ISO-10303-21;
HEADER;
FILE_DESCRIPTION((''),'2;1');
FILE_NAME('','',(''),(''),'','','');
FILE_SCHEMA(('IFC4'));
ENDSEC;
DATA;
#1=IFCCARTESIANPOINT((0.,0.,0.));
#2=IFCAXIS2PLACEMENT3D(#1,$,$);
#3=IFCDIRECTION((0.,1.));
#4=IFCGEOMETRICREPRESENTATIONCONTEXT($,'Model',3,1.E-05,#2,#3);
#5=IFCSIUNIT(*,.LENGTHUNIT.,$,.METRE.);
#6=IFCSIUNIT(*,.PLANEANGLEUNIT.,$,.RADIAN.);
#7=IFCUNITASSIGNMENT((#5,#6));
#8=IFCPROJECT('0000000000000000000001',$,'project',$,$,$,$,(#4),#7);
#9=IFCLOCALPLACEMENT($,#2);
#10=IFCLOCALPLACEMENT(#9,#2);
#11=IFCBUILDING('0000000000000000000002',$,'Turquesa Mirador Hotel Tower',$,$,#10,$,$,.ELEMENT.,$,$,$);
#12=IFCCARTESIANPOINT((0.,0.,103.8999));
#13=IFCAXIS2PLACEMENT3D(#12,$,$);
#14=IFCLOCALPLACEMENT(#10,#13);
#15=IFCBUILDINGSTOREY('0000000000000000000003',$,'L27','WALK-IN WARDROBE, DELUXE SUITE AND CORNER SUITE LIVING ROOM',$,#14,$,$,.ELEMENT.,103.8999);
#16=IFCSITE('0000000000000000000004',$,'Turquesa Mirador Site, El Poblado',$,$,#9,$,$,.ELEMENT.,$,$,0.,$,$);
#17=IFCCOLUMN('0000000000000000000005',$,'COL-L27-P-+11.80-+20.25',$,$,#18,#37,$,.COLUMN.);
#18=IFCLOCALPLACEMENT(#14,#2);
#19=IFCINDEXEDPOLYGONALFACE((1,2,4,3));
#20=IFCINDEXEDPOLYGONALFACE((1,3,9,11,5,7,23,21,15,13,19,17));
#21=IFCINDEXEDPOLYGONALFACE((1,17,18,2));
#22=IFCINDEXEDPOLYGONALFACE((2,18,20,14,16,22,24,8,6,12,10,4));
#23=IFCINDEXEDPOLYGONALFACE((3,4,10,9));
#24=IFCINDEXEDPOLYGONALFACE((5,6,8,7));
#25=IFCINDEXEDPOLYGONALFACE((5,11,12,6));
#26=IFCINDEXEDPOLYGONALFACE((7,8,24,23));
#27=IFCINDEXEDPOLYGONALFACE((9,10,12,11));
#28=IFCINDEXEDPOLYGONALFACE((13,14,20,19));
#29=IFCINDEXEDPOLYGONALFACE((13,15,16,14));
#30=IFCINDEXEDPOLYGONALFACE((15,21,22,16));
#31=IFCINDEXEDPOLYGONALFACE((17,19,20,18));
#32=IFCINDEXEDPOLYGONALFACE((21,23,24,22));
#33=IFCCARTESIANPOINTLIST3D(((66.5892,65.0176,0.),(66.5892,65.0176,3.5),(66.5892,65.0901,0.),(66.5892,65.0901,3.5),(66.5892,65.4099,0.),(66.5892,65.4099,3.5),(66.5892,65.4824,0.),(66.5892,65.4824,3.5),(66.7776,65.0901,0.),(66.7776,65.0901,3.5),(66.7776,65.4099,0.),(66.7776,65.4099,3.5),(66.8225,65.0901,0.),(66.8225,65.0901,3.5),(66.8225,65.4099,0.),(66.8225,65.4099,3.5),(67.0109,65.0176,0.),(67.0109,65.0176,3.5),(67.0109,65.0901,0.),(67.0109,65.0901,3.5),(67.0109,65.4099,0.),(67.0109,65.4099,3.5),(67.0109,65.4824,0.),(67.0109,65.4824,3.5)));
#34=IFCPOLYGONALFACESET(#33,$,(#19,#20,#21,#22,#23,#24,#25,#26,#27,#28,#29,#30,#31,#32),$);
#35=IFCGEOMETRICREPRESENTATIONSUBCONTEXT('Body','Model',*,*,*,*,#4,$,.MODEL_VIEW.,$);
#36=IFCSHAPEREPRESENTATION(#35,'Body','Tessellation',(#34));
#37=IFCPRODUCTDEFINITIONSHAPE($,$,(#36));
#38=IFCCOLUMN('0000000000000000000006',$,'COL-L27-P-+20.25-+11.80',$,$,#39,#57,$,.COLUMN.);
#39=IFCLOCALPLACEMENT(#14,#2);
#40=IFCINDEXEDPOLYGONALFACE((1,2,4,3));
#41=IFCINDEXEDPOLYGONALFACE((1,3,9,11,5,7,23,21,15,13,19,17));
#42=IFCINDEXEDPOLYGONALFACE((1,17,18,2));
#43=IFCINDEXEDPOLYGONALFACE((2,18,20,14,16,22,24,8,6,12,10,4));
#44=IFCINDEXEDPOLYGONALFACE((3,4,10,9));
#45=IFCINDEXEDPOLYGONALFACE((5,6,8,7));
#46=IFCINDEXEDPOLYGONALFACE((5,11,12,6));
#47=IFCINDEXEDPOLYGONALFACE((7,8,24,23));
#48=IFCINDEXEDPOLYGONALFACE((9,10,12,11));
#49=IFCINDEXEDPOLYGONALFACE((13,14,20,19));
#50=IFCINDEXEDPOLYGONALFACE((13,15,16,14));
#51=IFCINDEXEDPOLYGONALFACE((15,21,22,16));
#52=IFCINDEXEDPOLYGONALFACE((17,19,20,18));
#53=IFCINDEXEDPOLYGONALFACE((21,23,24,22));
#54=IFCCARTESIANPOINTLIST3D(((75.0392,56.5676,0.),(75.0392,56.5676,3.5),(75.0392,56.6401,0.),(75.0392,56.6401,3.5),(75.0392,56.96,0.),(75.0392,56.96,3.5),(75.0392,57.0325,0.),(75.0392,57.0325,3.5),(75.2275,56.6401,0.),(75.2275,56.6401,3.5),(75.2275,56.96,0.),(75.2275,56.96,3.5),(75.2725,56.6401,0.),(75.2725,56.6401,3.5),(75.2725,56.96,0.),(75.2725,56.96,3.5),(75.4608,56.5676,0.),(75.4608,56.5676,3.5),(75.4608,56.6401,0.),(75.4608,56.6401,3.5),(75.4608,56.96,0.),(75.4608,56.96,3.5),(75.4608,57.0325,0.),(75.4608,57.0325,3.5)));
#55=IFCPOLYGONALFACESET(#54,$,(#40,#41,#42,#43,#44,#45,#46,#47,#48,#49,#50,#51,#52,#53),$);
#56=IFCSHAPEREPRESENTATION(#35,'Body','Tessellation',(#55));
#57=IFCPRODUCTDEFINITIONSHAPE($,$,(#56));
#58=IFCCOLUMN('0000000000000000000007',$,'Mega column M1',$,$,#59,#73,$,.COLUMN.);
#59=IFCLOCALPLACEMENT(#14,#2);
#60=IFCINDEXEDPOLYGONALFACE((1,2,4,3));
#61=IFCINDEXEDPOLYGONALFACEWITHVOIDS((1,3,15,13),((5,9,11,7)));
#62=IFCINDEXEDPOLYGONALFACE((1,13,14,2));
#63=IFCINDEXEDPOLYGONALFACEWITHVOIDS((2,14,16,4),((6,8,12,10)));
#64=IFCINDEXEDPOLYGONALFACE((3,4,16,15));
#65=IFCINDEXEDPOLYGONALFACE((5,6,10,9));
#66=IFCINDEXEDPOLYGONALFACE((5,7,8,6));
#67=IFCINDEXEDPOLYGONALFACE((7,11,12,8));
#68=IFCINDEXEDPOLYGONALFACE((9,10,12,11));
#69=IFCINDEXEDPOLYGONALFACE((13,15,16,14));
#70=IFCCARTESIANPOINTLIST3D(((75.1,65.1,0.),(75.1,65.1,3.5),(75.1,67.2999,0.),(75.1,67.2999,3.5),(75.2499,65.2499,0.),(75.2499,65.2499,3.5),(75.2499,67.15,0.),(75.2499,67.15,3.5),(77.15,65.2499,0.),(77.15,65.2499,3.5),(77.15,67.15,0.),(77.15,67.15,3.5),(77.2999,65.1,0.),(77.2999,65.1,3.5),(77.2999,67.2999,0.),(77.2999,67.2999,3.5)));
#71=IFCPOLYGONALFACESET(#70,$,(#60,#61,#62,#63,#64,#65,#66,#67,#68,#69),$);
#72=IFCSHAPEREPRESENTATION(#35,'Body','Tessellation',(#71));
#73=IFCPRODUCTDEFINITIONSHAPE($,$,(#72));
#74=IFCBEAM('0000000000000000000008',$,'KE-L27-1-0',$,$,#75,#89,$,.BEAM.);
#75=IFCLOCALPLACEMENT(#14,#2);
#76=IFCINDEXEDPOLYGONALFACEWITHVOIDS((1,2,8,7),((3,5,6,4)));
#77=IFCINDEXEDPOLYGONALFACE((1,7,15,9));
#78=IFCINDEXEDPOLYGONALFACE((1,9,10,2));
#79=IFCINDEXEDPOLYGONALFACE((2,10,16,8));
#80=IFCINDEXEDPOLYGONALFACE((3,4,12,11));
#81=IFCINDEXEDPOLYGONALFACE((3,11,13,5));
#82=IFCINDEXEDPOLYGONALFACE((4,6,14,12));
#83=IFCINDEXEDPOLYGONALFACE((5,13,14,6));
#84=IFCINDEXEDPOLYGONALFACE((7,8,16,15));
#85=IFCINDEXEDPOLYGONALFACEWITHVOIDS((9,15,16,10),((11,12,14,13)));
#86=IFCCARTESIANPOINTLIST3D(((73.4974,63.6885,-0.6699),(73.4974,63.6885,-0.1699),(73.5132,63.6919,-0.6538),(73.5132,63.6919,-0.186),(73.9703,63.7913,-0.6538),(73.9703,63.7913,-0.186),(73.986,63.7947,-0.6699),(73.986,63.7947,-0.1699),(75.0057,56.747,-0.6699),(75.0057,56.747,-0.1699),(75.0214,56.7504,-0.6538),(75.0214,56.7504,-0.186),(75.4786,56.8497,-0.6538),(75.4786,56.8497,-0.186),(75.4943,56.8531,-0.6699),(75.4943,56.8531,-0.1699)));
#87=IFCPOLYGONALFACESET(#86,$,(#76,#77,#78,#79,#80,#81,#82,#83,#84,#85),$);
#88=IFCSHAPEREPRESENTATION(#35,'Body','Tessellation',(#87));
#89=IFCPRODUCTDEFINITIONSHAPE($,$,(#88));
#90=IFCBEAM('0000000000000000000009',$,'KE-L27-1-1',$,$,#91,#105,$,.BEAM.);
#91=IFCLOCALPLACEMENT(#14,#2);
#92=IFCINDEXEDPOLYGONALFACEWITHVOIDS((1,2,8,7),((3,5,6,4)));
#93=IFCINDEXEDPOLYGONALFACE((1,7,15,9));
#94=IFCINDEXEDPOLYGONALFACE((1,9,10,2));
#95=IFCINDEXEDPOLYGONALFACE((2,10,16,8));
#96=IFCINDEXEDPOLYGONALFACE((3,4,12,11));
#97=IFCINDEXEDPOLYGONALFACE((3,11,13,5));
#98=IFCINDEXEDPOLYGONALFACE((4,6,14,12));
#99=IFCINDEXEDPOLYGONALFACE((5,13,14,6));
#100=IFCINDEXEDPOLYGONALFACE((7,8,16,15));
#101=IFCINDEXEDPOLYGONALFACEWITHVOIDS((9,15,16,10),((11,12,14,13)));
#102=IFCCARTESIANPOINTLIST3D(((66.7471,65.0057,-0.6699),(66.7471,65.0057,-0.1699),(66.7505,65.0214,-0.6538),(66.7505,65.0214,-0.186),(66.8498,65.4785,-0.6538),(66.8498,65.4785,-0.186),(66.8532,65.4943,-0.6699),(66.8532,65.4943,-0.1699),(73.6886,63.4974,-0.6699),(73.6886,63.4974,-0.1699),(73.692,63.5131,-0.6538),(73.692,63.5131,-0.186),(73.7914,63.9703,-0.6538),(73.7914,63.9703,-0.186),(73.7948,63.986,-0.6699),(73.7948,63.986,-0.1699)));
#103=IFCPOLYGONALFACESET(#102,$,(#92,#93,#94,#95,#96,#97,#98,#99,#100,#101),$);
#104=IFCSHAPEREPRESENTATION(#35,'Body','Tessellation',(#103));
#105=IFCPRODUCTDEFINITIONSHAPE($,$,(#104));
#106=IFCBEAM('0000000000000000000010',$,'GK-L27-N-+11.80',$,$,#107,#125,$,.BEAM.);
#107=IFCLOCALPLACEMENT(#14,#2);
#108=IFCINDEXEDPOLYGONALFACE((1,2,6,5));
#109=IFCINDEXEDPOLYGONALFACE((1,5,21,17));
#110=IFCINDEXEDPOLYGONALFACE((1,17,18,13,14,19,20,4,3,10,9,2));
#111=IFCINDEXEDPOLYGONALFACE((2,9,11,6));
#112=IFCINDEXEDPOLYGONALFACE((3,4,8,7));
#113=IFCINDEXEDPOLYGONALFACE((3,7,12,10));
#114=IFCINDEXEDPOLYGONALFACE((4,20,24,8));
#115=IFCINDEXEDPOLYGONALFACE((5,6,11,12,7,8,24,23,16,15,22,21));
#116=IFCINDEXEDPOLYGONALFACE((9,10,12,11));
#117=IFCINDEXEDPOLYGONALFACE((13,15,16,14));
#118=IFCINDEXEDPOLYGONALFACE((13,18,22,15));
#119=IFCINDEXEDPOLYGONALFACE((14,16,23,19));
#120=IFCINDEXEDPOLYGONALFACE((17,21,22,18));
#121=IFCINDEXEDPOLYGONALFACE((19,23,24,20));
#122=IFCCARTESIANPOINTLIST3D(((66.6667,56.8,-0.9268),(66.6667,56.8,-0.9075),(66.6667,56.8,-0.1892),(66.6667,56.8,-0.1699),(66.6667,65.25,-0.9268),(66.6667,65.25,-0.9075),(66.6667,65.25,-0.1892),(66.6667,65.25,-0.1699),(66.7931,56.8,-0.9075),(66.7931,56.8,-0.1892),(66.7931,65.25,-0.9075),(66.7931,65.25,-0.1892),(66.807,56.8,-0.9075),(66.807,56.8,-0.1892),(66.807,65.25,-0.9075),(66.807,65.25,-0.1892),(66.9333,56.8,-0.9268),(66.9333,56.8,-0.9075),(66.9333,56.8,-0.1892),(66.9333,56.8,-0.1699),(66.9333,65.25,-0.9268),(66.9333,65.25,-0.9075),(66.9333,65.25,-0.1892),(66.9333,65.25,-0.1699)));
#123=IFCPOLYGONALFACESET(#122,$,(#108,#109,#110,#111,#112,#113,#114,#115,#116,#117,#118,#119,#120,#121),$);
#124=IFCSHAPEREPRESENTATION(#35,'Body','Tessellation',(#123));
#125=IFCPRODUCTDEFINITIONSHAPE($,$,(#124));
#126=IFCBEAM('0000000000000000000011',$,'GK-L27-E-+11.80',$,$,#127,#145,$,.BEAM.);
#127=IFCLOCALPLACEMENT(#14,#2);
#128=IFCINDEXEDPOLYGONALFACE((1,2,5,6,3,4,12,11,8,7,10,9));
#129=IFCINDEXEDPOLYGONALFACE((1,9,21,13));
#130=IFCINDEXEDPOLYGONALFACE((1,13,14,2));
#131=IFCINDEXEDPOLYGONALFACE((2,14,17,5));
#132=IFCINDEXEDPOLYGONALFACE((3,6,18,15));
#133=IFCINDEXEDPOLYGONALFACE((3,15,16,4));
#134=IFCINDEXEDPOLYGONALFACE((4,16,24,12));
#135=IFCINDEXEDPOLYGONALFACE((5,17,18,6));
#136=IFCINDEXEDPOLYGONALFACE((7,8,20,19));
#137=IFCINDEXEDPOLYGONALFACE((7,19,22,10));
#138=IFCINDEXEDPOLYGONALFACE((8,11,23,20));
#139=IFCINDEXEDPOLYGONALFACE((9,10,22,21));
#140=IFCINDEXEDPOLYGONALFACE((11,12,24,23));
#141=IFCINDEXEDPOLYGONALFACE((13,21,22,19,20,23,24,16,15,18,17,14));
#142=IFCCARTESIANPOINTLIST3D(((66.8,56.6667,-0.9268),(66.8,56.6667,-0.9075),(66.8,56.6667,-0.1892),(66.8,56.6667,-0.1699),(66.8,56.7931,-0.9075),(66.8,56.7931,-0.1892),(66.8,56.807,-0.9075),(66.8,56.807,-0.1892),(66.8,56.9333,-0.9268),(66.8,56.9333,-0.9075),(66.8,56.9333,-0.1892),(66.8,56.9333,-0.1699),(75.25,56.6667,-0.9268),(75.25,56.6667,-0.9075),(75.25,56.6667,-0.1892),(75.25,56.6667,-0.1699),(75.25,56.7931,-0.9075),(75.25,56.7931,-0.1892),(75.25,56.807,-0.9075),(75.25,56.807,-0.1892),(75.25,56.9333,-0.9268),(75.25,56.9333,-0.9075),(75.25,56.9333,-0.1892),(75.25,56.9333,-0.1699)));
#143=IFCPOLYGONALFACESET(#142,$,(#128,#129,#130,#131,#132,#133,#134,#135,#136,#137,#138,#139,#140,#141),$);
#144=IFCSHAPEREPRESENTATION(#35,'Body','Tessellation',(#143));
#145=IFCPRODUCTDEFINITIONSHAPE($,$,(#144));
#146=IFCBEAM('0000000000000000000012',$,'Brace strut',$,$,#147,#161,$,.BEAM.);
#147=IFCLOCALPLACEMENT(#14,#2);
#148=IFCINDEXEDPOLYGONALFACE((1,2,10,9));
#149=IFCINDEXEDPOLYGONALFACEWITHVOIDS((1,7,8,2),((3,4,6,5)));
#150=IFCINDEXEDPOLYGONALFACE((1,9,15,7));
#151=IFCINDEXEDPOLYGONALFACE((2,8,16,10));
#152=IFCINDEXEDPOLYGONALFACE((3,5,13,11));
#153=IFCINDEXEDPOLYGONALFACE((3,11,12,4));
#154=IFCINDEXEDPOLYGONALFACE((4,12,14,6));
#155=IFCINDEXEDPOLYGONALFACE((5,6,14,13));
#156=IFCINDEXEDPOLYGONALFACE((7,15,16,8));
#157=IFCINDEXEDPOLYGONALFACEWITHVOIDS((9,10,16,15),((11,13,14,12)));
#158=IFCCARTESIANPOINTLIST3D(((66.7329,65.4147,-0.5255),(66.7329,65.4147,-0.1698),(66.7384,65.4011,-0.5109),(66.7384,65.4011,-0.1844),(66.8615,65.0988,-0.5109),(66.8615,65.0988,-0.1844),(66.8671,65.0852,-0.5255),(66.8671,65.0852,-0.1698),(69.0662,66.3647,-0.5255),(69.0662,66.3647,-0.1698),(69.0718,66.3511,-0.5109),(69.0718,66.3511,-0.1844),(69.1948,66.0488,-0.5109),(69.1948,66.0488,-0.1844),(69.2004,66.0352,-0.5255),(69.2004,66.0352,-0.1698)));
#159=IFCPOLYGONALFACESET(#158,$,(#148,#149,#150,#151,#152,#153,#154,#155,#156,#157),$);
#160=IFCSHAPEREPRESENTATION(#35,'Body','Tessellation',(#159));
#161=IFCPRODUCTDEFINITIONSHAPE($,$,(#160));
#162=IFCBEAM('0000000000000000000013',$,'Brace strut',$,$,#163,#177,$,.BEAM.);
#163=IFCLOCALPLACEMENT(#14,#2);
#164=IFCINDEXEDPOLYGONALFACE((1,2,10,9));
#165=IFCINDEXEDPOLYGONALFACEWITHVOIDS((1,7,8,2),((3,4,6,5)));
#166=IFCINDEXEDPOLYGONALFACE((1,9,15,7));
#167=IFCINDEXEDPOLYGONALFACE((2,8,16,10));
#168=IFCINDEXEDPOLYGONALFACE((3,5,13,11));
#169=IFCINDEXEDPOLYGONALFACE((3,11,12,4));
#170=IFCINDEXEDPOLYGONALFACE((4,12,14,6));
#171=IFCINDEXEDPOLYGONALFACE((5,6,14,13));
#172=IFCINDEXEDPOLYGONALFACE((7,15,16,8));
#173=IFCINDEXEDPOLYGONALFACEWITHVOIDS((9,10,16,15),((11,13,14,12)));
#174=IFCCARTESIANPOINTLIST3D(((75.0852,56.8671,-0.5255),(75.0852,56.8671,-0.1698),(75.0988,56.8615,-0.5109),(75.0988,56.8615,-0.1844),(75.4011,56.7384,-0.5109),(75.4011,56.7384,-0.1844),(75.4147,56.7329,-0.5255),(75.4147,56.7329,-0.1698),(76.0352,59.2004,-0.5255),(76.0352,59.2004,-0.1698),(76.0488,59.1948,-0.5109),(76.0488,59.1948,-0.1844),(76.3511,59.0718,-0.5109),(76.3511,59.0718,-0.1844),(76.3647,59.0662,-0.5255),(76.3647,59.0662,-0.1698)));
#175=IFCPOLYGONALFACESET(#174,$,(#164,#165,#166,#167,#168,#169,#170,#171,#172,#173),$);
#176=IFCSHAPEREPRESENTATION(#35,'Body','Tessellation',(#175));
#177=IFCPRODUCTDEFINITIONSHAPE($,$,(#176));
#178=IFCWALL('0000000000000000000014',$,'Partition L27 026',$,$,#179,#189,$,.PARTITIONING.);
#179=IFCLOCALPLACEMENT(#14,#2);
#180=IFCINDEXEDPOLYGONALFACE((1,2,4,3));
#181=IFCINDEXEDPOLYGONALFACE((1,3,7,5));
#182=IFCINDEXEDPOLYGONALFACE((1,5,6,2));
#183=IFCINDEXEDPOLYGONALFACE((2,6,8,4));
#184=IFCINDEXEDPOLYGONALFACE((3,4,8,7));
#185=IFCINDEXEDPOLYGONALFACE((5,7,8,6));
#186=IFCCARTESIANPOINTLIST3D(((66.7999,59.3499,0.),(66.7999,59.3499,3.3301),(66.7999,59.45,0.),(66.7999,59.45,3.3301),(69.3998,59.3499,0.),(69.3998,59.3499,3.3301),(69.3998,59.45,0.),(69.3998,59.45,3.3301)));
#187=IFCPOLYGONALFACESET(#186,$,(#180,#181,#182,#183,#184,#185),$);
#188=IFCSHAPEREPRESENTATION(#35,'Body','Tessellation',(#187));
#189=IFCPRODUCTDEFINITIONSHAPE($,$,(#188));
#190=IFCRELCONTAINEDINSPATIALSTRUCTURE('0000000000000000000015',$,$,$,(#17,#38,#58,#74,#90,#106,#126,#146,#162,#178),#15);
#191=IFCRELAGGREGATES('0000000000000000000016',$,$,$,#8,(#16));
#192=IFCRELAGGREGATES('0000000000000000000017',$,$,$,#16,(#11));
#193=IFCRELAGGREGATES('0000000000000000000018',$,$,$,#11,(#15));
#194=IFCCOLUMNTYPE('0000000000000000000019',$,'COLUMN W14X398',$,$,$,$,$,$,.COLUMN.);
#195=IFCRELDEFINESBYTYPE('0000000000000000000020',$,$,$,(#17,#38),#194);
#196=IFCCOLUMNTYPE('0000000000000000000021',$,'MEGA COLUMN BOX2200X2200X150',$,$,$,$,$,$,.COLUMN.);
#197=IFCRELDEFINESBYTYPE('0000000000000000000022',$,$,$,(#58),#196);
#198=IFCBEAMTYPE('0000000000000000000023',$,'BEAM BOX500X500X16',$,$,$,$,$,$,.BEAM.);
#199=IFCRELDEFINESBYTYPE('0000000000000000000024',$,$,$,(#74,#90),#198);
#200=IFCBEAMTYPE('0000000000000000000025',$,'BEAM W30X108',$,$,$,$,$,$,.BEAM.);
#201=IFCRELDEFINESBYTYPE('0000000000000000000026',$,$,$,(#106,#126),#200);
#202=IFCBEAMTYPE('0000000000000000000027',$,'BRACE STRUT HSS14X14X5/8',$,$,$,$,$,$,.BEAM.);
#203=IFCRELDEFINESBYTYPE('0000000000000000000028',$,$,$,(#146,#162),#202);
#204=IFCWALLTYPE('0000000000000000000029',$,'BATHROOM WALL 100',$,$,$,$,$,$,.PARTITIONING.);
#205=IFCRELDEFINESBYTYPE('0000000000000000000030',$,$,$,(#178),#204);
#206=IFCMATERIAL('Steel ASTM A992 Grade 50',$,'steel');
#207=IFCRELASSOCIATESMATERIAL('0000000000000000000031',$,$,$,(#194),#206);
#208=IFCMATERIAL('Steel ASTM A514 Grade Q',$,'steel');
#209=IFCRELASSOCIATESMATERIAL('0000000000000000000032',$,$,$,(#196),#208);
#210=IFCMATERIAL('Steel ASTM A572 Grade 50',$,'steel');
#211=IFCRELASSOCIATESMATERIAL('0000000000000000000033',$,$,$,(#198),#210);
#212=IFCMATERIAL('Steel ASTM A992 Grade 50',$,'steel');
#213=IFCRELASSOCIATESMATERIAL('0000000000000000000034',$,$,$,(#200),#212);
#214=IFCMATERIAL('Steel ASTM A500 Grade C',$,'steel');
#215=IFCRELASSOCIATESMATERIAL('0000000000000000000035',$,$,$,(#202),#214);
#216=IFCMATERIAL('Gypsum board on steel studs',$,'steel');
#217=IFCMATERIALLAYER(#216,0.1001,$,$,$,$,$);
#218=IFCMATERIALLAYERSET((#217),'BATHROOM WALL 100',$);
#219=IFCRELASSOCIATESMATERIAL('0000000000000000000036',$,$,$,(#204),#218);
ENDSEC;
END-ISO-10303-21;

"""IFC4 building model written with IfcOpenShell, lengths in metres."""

from ifc_helpers import new_model, si_unit, direction, frame, frame_2d, origin, origin_2d, place, context, subcontext, project, spatial, rectangle, hollow_rectangle, i_section, extrude, material, layer, layer_set, material_profile, profile_set, type_object, element, save


model = new_model("IFC4")

# Units and contexts
model_context = context("Model", 3, precision=1e-05, world=origin(), true_north=direction((0.0, 1.0)))
body_context = subcontext(model_context, "Body", "Model", "MODEL_VIEW")
ifc_project = project(units=[si_unit("LENGTHUNIT", "METRE"), si_unit("PLANEANGLEUNIT", "RADIAN")], contexts=[model_context])

# Site, building, storey
site_placement = place(None, origin())
site = spatial("IfcSite", under=ifc_project, at=site_placement, Name="Turquesa Mirador Site, El Poblado", CompositionType="ELEMENT", RefElevation=0.0)
building_placement = place(site_placement, origin())
building = spatial("IfcBuilding", under=site, at=building_placement, Name="Turquesa Mirador Hotel Tower", CompositionType="ELEMENT")
storey_placement = place(building_placement, frame((0.0, 0.0, 103.8999)))
storey = spatial("IfcBuildingStorey", under=building, at=storey_placement, Name="L27", Description="WALK-IN WARDROBE, DELUXE SUITE AND CORNER SUITE LIVING ROOM", CompositionType="ELEMENT", Elevation=103.8999)

# Columns
ifc_material_1 = material(Name="Steel ASTM A992 Grade 50", Category="steel")
ifc_material_profile_1 = material_profile(ifc_material_1, i_section(OverallWidth=0.4216, OverallDepth=0.4648, WebThickness=0.0449, FlangeThickness=0.0725, at=origin_2d()), Name="W14X398")
ifc_profile_set_1 = profile_set([ifc_material_profile_1], Name="Steel ASTM A992 Grade 50")
column_type_1 = type_object("IfcColumnType", Name="COLUMN W14X398", PredefinedType="COLUMN", material=ifc_profile_set_1)
for number, where, z_axis, x_axis, name in (
    (1, (66.8, 65.25, 0.0), (0.0, 0.0, 1.0), (1.0, 0.0, 0.0), "COL-L27-P-+11.80-+20.25"),
    (2, (75.25, 56.8, 0.0), (0.0, 0.0, 1.0), (1.0, 0.0, 0.0), "COL-L27-P-+20.25-+11.80"),
):
    element("IfcColumn", number, at=place(storey_placement, frame(where, z_axis=z_axis, x_axis=x_axis)), inside=storey, type_object=column_type_1, Name=name, PredefinedType="COLUMN", context=body_context, shape_type="SweptSolid", body=[
        extrude(i_section(OverallWidth=0.4216, OverallDepth=0.4648, WebThickness=0.0449, FlangeThickness=0.0725, at=origin_2d()), origin(), (0.0, 0.0, 1.0), 3.5),
    ])
ifc_material_2 = material(Name="Steel ASTM A514 Grade Q", Category="steel")
ifc_material_profile_2 = material_profile(ifc_material_2, hollow_rectangle(XDim=2.2, YDim=2.2, WallThickness=0.1499, at=origin_2d()), Name="BOX2200X2200X150")
ifc_profile_set_2 = profile_set([ifc_material_profile_2], Name="Steel ASTM A514 Grade Q")
column_type_2 = type_object("IfcColumnType", Name="MEGA COLUMN BOX2200X2200X150", PredefinedType="COLUMN", material=ifc_profile_set_2)
column_placement = place(storey_placement, frame((76.2, 66.2, 0.0), z_axis=(0.0, 0.0, 1.0), x_axis=(1.0, 0.0, 0.0)))
element("IfcColumn", 3, at=column_placement, inside=storey, type_object=column_type_2, Name="Mega column M1", PredefinedType="COLUMN", context=body_context, shape_type="SweptSolid", body=[
    extrude(hollow_rectangle(XDim=2.2, YDim=2.2, WallThickness=0.1499, at=origin_2d()), origin(), (0.0, 0.0, 1.0), 3.5),
])

# Beams
ifc_material_3 = material(Name="Steel ASTM A572 Grade 50", Category="steel")
ifc_material_profile_3 = material_profile(ifc_material_3, hollow_rectangle(XDim=0.5, YDim=0.5, WallThickness=0.0161, at=origin_2d()), Name="BOX500X500X16")
ifc_profile_set_3 = profile_set([ifc_material_profile_3], Name="Steel ASTM A572 Grade 50")
beam_type_1 = type_object("IfcBeamType", Name="BEAM BOX500X500X16", PredefinedType="BEAM", material=ifc_profile_set_3)
for number, where, z_axis, x_axis, name in (
    (4, (75.25, 56.8, -0.4199), (-0.212328, 0.977198, 0.0), (-0.977198, -0.212328, 0.0), "KE-L27-1-0"),
    (5, (73.7417, 63.7417, -0.4199), (-0.977198, 0.212328, 0.0), (-0.212328, -0.977198, 0.0), "KE-L27-1-1"),
):
    element("IfcBeam", number, at=place(storey_placement, frame(where, z_axis=z_axis, x_axis=x_axis)), inside=storey, type_object=beam_type_1, Name=name, PredefinedType="BEAM", context=body_context, shape_type="SweptSolid", body=[
        extrude(hollow_rectangle(XDim=0.5, YDim=0.5, WallThickness=0.0161, at=origin_2d()), origin(), (0.0, 0.0, 1.0), 7.1035),
    ])
ifc_material_4 = material(Name="Steel ASTM A992 Grade 50", Category="steel")
ifc_material_profile_4 = material_profile(ifc_material_4, i_section(OverallWidth=0.2666, OverallDepth=0.7568, WebThickness=0.0139, FlangeThickness=0.0193, at=origin_2d()), Name="W30X108")
ifc_profile_set_4 = profile_set([ifc_material_profile_4], Name="Steel ASTM A992 Grade 50")
beam_type_2 = type_object("IfcBeamType", Name="BEAM W30X108", PredefinedType="BEAM", material=ifc_profile_set_4)
for number, where, z_axis, x_axis, name in (
    (6, (66.8, 65.25, -0.5483), (0.0, -1.0, 0.0), (1.0, 0.0, 0.0), "GK-L27-N-+11.80"),
    (7, (75.25, 56.8, -0.5483), (-1.0, 0.0, 0.0), (0.0, -1.0, 0.0), "GK-L27-E-+11.80"),
):
    element("IfcBeam", number, at=place(storey_placement, frame(where, z_axis=z_axis, x_axis=x_axis)), inside=storey, type_object=beam_type_2, Name=name, PredefinedType="BEAM", context=body_context, shape_type="SweptSolid", body=[
        extrude(i_section(OverallWidth=0.2666, OverallDepth=0.7568, WebThickness=0.0139, FlangeThickness=0.0193, at=origin_2d()), origin(), (0.0, 0.0, 1.0), 8.45),
    ])
ifc_material_5 = material(Name="Steel ASTM A500 Grade C", Category="steel")
ifc_material_profile_5 = material_profile(ifc_material_5, hollow_rectangle(XDim=0.3557, YDim=0.3557, WallThickness=0.0146, at=origin_2d()), Name="HSS14X14X5/8")
ifc_profile_set_5 = profile_set([ifc_material_profile_5], Name="Steel ASTM A500 Grade C")
beam_type_3 = type_object("IfcBeamType", Name="BRACE STRUT HSS14X14X5/8", PredefinedType="BEAM", material=ifc_profile_set_5)
for number, where, z_axis, x_axis, name in (
    (8, (69.1333, 66.2, -0.3477), (-0.92618, -0.377081, 0.0), (0.377081, -0.92618, 0.0), "Brace strut"),
    (9, (76.2, 59.1333, -0.3477), (-0.377081, -0.92618, 0.0), (0.92618, -0.377081, 0.0), "Brace strut"),
):
    element("IfcBeam", number, at=place(storey_placement, frame(where, z_axis=z_axis, x_axis=x_axis)), inside=storey, type_object=beam_type_3, Name=name, PredefinedType="BEAM", context=body_context, shape_type="SweptSolid", body=[
        extrude(hollow_rectangle(XDim=0.3557, YDim=0.3557, WallThickness=0.0146, at=origin_2d()), origin(), (0.0, 0.0, 1.0), 2.5193),
    ])

# Wall
ifc_material_6 = material(Name="Gypsum board on steel studs", Category="steel")
ifc_layer_1 = layer(ifc_material_6, 0.1001)
ifc_layer_set_1 = layer_set([ifc_layer_1], Name="BATHROOM WALL 100")
wall_type_1 = type_object("IfcWallType", Name="BATHROOM WALL 100", PredefinedType="PARTITIONING", material=ifc_layer_set_1)
wall_1_placement = place(storey_placement, frame((66.8, 59.3999, 0.0), z_axis=(0.0, 0.0, 1.0), x_axis=(1.0, 0.0, 0.0)))
element("IfcWall", 10, at=wall_1_placement, inside=storey, type_object=wall_type_1, Name="Partition L27 026", PredefinedType="PARTITIONING", context=body_context, shape_type="SweptSolid", body=[
    extrude(rectangle(XDim=2.5999, YDim=0.1001, at=frame_2d((1.2998, 0.0))), origin(), (0.0, 0.0, 1.0), 3.3301),
])

save(model, "model.ifc")
